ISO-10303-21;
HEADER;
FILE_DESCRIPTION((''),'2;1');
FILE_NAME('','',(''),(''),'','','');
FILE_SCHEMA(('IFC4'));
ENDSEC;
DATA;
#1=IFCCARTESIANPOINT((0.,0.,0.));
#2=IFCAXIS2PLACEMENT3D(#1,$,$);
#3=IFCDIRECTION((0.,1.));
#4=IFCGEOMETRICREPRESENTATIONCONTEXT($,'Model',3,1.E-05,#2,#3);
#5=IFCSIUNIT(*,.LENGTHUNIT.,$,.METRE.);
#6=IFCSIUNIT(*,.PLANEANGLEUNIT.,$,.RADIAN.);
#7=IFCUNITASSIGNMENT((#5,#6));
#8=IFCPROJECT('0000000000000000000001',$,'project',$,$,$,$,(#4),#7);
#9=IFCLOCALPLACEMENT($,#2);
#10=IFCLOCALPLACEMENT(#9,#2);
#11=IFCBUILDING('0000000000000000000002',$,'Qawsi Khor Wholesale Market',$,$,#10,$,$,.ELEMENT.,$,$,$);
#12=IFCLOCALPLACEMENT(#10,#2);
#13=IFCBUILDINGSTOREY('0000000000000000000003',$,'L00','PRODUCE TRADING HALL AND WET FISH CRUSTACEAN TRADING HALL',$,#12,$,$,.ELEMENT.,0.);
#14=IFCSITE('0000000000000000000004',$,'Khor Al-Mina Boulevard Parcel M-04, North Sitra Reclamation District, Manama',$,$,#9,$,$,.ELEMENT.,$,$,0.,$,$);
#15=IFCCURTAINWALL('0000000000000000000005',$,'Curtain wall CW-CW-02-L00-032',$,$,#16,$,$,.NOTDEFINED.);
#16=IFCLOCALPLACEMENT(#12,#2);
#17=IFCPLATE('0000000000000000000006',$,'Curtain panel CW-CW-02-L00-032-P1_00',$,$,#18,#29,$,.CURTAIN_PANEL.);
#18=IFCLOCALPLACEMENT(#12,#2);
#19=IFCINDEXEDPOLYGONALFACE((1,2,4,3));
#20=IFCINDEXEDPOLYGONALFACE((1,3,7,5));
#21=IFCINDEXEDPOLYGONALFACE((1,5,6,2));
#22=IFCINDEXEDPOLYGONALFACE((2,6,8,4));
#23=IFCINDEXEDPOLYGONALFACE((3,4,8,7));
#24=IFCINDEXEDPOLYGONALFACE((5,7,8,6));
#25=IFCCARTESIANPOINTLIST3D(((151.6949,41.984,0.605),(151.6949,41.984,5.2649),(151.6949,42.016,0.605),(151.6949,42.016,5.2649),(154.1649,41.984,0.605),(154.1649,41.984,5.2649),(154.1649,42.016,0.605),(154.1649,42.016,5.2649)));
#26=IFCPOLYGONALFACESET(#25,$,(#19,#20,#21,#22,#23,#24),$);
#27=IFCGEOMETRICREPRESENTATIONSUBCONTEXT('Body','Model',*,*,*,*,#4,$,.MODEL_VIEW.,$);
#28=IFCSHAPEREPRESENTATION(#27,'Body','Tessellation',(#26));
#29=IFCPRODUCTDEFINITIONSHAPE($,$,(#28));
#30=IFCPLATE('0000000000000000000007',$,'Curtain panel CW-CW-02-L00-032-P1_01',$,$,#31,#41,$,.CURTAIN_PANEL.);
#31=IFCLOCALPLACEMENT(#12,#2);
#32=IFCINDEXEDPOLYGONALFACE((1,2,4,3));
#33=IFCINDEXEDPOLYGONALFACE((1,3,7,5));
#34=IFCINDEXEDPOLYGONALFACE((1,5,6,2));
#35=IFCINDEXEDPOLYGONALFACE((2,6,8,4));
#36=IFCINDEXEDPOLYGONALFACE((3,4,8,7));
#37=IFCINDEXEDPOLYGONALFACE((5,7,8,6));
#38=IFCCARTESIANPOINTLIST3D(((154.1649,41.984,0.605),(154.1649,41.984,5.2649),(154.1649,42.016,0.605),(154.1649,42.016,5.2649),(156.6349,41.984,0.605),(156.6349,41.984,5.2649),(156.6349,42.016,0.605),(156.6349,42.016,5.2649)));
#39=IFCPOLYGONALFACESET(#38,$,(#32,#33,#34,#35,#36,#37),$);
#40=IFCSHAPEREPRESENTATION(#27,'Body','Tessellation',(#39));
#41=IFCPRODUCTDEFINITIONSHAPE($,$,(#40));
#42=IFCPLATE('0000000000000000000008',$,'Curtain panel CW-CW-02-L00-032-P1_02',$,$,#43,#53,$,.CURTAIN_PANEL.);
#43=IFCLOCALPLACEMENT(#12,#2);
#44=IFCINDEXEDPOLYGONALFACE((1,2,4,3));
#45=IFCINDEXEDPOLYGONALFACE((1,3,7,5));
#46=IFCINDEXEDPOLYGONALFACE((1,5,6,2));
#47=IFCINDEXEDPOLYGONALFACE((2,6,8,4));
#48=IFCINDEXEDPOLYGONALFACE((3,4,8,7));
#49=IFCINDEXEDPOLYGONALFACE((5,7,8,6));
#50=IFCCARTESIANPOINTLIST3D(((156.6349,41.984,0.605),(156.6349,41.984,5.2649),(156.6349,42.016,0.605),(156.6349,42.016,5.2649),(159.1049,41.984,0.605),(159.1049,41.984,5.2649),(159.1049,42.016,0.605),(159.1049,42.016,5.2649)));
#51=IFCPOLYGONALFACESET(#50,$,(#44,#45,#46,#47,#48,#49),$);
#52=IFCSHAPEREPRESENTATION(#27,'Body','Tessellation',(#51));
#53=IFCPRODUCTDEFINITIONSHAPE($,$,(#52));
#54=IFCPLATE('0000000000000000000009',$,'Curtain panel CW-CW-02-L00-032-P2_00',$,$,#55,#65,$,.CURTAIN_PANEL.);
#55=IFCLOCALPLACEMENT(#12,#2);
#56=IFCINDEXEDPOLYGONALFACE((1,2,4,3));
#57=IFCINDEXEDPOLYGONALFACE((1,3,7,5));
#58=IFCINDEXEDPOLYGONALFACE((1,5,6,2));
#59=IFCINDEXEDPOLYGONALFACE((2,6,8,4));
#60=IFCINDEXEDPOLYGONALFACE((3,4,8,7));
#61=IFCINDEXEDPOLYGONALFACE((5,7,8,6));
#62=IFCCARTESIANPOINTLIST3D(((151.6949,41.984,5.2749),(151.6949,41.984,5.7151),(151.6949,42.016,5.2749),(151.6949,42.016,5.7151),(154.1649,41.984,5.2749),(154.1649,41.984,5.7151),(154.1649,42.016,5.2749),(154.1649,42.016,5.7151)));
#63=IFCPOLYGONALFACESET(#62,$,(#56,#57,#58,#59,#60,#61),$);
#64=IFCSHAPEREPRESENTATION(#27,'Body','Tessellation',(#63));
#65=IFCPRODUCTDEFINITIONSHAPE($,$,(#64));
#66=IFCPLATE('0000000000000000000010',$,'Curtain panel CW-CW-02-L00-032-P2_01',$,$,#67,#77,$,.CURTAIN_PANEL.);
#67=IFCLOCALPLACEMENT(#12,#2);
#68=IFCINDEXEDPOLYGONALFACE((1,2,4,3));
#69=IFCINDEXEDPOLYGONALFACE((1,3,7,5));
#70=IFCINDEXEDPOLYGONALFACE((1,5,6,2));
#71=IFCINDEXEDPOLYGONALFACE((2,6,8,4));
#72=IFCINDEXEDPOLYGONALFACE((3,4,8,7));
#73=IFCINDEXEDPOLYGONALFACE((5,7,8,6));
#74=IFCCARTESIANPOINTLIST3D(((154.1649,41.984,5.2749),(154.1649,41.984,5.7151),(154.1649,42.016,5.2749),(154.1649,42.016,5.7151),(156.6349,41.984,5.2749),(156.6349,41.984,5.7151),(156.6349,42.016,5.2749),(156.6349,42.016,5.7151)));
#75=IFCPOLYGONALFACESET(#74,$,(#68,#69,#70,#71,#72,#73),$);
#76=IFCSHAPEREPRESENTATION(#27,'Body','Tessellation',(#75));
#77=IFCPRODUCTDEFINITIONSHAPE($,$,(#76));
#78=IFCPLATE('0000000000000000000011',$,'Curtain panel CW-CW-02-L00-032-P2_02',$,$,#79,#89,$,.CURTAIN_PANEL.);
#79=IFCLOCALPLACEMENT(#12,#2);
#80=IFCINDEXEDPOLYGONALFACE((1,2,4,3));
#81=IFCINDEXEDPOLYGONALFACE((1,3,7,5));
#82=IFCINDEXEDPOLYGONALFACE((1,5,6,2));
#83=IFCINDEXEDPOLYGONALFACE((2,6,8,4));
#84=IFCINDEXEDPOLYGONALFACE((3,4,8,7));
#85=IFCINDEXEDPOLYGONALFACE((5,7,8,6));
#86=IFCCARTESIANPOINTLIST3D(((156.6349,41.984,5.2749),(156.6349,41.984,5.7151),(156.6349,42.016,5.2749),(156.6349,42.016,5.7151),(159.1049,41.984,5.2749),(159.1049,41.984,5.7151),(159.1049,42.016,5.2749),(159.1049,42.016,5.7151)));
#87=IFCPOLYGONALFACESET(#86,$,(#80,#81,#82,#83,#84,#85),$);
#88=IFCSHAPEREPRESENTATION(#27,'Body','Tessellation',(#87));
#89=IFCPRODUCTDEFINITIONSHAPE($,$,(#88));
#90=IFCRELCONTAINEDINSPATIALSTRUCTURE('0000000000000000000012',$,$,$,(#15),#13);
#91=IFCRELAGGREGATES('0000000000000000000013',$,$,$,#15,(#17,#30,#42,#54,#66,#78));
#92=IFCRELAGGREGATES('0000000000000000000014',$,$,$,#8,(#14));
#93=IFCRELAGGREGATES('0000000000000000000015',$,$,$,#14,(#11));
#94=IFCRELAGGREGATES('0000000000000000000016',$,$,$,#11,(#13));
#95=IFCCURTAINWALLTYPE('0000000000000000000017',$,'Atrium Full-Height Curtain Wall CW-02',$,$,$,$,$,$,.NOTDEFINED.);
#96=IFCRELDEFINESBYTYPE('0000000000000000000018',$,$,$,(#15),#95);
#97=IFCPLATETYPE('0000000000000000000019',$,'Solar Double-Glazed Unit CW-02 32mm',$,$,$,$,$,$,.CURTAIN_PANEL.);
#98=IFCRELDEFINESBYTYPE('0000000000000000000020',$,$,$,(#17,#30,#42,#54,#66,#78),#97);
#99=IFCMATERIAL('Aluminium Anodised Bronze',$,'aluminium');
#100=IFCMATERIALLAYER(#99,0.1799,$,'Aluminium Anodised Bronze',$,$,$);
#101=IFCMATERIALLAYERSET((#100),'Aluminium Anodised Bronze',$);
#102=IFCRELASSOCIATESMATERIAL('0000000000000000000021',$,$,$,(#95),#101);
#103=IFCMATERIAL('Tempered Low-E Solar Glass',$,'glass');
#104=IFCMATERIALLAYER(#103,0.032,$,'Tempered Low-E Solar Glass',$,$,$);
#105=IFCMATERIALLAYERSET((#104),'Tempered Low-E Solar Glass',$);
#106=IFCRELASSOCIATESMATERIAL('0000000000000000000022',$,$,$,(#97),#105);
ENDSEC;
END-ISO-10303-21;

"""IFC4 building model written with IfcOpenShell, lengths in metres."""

from ifc_helpers import new_model, si_unit, direction, frame, frame_2d, origin, place, context, subcontext, project, spatial, rectangle, extrude, material, layer, layer_set, type_object, element, aggregate, save


model = new_model("IFC4")

# Units and contexts
model_context = context("Model", 3, precision=1e-05, world=origin(), true_north=direction((0.0, 1.0)))
body_context = subcontext(model_context, "Body", "Model", "MODEL_VIEW")
ifc_project = project(units=[si_unit("LENGTHUNIT", "METRE"), si_unit("PLANEANGLEUNIT", "RADIAN")], contexts=[model_context])

# Site, building, storey
site_placement = place(None, origin())
site = spatial("IfcSite", under=ifc_project, at=site_placement, Name="Khor Al-Mina Boulevard Parcel M-04, North Sitra Reclamation District, Manama", CompositionType="ELEMENT", RefElevation=0.0)
building_placement = place(site_placement, origin())
building = spatial("IfcBuilding", under=site, at=building_placement, Name="Qawsi Khor Wholesale Market", CompositionType="ELEMENT")
storey_placement = place(building_placement, origin())
storey = spatial("IfcBuildingStorey", under=building, at=storey_placement, Name="L00", Description="PRODUCE TRADING HALL AND WET FISH CRUSTACEAN TRADING HALL", CompositionType="ELEMENT", Elevation=0.0)

# Curtain wall, plates
ifc_material_1 = material(Name="Aluminium Anodised Bronze", Category="aluminium")
ifc_layer_1 = layer(ifc_material_1, 0.1799, Name="Aluminium Anodised Bronze")
ifc_layer_set_1 = layer_set([ifc_layer_1], Name="Aluminium Anodised Bronze")
curtain_wall_type = type_object("IfcCurtainWallType", Name="Atrium Full-Height Curtain Wall CW-02", PredefinedType="NOTDEFINED", material=ifc_layer_set_1)
curtain_wall_placement = place(storey_placement, origin())
curtain_wall = element("IfcCurtainWall", 1, at=curtain_wall_placement, inside=storey, type_object=curtain_wall_type, Name="Curtain wall CW-CW-02-L00-032", PredefinedType="NOTDEFINED")
ifc_material_2 = material(Name="Tempered Low-E Solar Glass", Category="glass")
ifc_layer_2 = layer(ifc_material_2, 0.032, Name="Tempered Low-E Solar Glass")
ifc_layer_set_2 = layer_set([ifc_layer_2], Name="Tempered Low-E Solar Glass")
plate_type_1 = type_object("IfcPlateType", Name="Solar Double-Glazed Unit CW-02 32mm", PredefinedType="CURTAIN_PANEL", material=ifc_layer_set_2)
plate_1_placement = place(storey_placement, frame((151.6951, 42.0, 0.605), z_axis=(0.0, 0.0, 1.0), x_axis=(1.0, 0.0, 0.0)))
plate_1 = element("IfcPlate", 2, at=plate_1_placement, type_object=plate_type_1, Name="Curtain panel CW-CW-02-L00-032-P1_00", PredefinedType="CURTAIN_PANEL", context=body_context, shape_type="SweptSolid", body=[
    extrude(rectangle(XDim=2.47, YDim=0.032, at=frame_2d((1.2349, 0.0))), origin(), (0.0, 0.0, 1.0), 4.6599),
])
plate_2_placement = place(storey_placement, frame((154.165, 42.0, 0.605), z_axis=(0.0, 0.0, 1.0), x_axis=(1.0, 0.0, 0.0)))
plate_2 = element("IfcPlate", 3, at=plate_2_placement, type_object=plate_type_1, Name="Curtain panel CW-CW-02-L00-032-P1_01", PredefinedType="CURTAIN_PANEL", context=body_context, shape_type="SweptSolid", body=[
    extrude(rectangle(XDim=2.47, YDim=0.032, at=frame_2d((1.2349, 0.0))), origin(), (0.0, 0.0, 1.0), 4.6599),
])
plate_3_placement = place(storey_placement, frame((156.635, 42.0, 0.605), z_axis=(0.0, 0.0, 1.0), x_axis=(1.0, 0.0, 0.0)))
plate_3 = element("IfcPlate", 4, at=plate_3_placement, type_object=plate_type_1, Name="Curtain panel CW-CW-02-L00-032-P1_02", PredefinedType="CURTAIN_PANEL", context=body_context, shape_type="SweptSolid", body=[
    extrude(rectangle(XDim=2.47, YDim=0.032, at=frame_2d((1.2349, 0.0))), origin(), (0.0, 0.0, 1.0), 4.6599),
])
plate_4_placement = place(storey_placement, frame((151.6951, 42.0, 5.2749), z_axis=(0.0, 0.0, 1.0), x_axis=(1.0, 0.0, 0.0)))
plate_4 = element("IfcPlate", 5, at=plate_4_placement, type_object=plate_type_1, Name="Curtain panel CW-CW-02-L00-032-P2_00", PredefinedType="CURTAIN_PANEL", context=body_context, shape_type="SweptSolid", body=[
    extrude(rectangle(XDim=2.47, YDim=0.032, at=frame_2d((1.2349, 0.0))), origin(), (0.0, 0.0, 1.0), 0.4402),
])
plate_5_placement = place(storey_placement, frame((154.165, 42.0, 5.2749), z_axis=(0.0, 0.0, 1.0), x_axis=(1.0, 0.0, 0.0)))
plate_5 = element("IfcPlate", 6, at=plate_5_placement, type_object=plate_type_1, Name="Curtain panel CW-CW-02-L00-032-P2_01", PredefinedType="CURTAIN_PANEL", context=body_context, shape_type="SweptSolid", body=[
    extrude(rectangle(XDim=2.47, YDim=0.032, at=frame_2d((1.2349, 0.0))), origin(), (0.0, 0.0, 1.0), 0.4402),
])
plate_6_placement = place(storey_placement, frame((156.635, 42.0, 5.2749), z_axis=(0.0, 0.0, 1.0), x_axis=(1.0, 0.0, 0.0)))
plate_6 = element("IfcPlate", 7, at=plate_6_placement, type_object=plate_type_1, Name="Curtain panel CW-CW-02-L00-032-P2_02", PredefinedType="CURTAIN_PANEL", context=body_context, shape_type="SweptSolid", body=[
    extrude(rectangle(XDim=2.47, YDim=0.032, at=frame_2d((1.2349, 0.0))), origin(), (0.0, 0.0, 1.0), 0.4402),
])
aggregate(curtain_wall, [plate_1, plate_2, plate_3, plate_4, plate_5, plate_6])

save(model, "model.ifc")
